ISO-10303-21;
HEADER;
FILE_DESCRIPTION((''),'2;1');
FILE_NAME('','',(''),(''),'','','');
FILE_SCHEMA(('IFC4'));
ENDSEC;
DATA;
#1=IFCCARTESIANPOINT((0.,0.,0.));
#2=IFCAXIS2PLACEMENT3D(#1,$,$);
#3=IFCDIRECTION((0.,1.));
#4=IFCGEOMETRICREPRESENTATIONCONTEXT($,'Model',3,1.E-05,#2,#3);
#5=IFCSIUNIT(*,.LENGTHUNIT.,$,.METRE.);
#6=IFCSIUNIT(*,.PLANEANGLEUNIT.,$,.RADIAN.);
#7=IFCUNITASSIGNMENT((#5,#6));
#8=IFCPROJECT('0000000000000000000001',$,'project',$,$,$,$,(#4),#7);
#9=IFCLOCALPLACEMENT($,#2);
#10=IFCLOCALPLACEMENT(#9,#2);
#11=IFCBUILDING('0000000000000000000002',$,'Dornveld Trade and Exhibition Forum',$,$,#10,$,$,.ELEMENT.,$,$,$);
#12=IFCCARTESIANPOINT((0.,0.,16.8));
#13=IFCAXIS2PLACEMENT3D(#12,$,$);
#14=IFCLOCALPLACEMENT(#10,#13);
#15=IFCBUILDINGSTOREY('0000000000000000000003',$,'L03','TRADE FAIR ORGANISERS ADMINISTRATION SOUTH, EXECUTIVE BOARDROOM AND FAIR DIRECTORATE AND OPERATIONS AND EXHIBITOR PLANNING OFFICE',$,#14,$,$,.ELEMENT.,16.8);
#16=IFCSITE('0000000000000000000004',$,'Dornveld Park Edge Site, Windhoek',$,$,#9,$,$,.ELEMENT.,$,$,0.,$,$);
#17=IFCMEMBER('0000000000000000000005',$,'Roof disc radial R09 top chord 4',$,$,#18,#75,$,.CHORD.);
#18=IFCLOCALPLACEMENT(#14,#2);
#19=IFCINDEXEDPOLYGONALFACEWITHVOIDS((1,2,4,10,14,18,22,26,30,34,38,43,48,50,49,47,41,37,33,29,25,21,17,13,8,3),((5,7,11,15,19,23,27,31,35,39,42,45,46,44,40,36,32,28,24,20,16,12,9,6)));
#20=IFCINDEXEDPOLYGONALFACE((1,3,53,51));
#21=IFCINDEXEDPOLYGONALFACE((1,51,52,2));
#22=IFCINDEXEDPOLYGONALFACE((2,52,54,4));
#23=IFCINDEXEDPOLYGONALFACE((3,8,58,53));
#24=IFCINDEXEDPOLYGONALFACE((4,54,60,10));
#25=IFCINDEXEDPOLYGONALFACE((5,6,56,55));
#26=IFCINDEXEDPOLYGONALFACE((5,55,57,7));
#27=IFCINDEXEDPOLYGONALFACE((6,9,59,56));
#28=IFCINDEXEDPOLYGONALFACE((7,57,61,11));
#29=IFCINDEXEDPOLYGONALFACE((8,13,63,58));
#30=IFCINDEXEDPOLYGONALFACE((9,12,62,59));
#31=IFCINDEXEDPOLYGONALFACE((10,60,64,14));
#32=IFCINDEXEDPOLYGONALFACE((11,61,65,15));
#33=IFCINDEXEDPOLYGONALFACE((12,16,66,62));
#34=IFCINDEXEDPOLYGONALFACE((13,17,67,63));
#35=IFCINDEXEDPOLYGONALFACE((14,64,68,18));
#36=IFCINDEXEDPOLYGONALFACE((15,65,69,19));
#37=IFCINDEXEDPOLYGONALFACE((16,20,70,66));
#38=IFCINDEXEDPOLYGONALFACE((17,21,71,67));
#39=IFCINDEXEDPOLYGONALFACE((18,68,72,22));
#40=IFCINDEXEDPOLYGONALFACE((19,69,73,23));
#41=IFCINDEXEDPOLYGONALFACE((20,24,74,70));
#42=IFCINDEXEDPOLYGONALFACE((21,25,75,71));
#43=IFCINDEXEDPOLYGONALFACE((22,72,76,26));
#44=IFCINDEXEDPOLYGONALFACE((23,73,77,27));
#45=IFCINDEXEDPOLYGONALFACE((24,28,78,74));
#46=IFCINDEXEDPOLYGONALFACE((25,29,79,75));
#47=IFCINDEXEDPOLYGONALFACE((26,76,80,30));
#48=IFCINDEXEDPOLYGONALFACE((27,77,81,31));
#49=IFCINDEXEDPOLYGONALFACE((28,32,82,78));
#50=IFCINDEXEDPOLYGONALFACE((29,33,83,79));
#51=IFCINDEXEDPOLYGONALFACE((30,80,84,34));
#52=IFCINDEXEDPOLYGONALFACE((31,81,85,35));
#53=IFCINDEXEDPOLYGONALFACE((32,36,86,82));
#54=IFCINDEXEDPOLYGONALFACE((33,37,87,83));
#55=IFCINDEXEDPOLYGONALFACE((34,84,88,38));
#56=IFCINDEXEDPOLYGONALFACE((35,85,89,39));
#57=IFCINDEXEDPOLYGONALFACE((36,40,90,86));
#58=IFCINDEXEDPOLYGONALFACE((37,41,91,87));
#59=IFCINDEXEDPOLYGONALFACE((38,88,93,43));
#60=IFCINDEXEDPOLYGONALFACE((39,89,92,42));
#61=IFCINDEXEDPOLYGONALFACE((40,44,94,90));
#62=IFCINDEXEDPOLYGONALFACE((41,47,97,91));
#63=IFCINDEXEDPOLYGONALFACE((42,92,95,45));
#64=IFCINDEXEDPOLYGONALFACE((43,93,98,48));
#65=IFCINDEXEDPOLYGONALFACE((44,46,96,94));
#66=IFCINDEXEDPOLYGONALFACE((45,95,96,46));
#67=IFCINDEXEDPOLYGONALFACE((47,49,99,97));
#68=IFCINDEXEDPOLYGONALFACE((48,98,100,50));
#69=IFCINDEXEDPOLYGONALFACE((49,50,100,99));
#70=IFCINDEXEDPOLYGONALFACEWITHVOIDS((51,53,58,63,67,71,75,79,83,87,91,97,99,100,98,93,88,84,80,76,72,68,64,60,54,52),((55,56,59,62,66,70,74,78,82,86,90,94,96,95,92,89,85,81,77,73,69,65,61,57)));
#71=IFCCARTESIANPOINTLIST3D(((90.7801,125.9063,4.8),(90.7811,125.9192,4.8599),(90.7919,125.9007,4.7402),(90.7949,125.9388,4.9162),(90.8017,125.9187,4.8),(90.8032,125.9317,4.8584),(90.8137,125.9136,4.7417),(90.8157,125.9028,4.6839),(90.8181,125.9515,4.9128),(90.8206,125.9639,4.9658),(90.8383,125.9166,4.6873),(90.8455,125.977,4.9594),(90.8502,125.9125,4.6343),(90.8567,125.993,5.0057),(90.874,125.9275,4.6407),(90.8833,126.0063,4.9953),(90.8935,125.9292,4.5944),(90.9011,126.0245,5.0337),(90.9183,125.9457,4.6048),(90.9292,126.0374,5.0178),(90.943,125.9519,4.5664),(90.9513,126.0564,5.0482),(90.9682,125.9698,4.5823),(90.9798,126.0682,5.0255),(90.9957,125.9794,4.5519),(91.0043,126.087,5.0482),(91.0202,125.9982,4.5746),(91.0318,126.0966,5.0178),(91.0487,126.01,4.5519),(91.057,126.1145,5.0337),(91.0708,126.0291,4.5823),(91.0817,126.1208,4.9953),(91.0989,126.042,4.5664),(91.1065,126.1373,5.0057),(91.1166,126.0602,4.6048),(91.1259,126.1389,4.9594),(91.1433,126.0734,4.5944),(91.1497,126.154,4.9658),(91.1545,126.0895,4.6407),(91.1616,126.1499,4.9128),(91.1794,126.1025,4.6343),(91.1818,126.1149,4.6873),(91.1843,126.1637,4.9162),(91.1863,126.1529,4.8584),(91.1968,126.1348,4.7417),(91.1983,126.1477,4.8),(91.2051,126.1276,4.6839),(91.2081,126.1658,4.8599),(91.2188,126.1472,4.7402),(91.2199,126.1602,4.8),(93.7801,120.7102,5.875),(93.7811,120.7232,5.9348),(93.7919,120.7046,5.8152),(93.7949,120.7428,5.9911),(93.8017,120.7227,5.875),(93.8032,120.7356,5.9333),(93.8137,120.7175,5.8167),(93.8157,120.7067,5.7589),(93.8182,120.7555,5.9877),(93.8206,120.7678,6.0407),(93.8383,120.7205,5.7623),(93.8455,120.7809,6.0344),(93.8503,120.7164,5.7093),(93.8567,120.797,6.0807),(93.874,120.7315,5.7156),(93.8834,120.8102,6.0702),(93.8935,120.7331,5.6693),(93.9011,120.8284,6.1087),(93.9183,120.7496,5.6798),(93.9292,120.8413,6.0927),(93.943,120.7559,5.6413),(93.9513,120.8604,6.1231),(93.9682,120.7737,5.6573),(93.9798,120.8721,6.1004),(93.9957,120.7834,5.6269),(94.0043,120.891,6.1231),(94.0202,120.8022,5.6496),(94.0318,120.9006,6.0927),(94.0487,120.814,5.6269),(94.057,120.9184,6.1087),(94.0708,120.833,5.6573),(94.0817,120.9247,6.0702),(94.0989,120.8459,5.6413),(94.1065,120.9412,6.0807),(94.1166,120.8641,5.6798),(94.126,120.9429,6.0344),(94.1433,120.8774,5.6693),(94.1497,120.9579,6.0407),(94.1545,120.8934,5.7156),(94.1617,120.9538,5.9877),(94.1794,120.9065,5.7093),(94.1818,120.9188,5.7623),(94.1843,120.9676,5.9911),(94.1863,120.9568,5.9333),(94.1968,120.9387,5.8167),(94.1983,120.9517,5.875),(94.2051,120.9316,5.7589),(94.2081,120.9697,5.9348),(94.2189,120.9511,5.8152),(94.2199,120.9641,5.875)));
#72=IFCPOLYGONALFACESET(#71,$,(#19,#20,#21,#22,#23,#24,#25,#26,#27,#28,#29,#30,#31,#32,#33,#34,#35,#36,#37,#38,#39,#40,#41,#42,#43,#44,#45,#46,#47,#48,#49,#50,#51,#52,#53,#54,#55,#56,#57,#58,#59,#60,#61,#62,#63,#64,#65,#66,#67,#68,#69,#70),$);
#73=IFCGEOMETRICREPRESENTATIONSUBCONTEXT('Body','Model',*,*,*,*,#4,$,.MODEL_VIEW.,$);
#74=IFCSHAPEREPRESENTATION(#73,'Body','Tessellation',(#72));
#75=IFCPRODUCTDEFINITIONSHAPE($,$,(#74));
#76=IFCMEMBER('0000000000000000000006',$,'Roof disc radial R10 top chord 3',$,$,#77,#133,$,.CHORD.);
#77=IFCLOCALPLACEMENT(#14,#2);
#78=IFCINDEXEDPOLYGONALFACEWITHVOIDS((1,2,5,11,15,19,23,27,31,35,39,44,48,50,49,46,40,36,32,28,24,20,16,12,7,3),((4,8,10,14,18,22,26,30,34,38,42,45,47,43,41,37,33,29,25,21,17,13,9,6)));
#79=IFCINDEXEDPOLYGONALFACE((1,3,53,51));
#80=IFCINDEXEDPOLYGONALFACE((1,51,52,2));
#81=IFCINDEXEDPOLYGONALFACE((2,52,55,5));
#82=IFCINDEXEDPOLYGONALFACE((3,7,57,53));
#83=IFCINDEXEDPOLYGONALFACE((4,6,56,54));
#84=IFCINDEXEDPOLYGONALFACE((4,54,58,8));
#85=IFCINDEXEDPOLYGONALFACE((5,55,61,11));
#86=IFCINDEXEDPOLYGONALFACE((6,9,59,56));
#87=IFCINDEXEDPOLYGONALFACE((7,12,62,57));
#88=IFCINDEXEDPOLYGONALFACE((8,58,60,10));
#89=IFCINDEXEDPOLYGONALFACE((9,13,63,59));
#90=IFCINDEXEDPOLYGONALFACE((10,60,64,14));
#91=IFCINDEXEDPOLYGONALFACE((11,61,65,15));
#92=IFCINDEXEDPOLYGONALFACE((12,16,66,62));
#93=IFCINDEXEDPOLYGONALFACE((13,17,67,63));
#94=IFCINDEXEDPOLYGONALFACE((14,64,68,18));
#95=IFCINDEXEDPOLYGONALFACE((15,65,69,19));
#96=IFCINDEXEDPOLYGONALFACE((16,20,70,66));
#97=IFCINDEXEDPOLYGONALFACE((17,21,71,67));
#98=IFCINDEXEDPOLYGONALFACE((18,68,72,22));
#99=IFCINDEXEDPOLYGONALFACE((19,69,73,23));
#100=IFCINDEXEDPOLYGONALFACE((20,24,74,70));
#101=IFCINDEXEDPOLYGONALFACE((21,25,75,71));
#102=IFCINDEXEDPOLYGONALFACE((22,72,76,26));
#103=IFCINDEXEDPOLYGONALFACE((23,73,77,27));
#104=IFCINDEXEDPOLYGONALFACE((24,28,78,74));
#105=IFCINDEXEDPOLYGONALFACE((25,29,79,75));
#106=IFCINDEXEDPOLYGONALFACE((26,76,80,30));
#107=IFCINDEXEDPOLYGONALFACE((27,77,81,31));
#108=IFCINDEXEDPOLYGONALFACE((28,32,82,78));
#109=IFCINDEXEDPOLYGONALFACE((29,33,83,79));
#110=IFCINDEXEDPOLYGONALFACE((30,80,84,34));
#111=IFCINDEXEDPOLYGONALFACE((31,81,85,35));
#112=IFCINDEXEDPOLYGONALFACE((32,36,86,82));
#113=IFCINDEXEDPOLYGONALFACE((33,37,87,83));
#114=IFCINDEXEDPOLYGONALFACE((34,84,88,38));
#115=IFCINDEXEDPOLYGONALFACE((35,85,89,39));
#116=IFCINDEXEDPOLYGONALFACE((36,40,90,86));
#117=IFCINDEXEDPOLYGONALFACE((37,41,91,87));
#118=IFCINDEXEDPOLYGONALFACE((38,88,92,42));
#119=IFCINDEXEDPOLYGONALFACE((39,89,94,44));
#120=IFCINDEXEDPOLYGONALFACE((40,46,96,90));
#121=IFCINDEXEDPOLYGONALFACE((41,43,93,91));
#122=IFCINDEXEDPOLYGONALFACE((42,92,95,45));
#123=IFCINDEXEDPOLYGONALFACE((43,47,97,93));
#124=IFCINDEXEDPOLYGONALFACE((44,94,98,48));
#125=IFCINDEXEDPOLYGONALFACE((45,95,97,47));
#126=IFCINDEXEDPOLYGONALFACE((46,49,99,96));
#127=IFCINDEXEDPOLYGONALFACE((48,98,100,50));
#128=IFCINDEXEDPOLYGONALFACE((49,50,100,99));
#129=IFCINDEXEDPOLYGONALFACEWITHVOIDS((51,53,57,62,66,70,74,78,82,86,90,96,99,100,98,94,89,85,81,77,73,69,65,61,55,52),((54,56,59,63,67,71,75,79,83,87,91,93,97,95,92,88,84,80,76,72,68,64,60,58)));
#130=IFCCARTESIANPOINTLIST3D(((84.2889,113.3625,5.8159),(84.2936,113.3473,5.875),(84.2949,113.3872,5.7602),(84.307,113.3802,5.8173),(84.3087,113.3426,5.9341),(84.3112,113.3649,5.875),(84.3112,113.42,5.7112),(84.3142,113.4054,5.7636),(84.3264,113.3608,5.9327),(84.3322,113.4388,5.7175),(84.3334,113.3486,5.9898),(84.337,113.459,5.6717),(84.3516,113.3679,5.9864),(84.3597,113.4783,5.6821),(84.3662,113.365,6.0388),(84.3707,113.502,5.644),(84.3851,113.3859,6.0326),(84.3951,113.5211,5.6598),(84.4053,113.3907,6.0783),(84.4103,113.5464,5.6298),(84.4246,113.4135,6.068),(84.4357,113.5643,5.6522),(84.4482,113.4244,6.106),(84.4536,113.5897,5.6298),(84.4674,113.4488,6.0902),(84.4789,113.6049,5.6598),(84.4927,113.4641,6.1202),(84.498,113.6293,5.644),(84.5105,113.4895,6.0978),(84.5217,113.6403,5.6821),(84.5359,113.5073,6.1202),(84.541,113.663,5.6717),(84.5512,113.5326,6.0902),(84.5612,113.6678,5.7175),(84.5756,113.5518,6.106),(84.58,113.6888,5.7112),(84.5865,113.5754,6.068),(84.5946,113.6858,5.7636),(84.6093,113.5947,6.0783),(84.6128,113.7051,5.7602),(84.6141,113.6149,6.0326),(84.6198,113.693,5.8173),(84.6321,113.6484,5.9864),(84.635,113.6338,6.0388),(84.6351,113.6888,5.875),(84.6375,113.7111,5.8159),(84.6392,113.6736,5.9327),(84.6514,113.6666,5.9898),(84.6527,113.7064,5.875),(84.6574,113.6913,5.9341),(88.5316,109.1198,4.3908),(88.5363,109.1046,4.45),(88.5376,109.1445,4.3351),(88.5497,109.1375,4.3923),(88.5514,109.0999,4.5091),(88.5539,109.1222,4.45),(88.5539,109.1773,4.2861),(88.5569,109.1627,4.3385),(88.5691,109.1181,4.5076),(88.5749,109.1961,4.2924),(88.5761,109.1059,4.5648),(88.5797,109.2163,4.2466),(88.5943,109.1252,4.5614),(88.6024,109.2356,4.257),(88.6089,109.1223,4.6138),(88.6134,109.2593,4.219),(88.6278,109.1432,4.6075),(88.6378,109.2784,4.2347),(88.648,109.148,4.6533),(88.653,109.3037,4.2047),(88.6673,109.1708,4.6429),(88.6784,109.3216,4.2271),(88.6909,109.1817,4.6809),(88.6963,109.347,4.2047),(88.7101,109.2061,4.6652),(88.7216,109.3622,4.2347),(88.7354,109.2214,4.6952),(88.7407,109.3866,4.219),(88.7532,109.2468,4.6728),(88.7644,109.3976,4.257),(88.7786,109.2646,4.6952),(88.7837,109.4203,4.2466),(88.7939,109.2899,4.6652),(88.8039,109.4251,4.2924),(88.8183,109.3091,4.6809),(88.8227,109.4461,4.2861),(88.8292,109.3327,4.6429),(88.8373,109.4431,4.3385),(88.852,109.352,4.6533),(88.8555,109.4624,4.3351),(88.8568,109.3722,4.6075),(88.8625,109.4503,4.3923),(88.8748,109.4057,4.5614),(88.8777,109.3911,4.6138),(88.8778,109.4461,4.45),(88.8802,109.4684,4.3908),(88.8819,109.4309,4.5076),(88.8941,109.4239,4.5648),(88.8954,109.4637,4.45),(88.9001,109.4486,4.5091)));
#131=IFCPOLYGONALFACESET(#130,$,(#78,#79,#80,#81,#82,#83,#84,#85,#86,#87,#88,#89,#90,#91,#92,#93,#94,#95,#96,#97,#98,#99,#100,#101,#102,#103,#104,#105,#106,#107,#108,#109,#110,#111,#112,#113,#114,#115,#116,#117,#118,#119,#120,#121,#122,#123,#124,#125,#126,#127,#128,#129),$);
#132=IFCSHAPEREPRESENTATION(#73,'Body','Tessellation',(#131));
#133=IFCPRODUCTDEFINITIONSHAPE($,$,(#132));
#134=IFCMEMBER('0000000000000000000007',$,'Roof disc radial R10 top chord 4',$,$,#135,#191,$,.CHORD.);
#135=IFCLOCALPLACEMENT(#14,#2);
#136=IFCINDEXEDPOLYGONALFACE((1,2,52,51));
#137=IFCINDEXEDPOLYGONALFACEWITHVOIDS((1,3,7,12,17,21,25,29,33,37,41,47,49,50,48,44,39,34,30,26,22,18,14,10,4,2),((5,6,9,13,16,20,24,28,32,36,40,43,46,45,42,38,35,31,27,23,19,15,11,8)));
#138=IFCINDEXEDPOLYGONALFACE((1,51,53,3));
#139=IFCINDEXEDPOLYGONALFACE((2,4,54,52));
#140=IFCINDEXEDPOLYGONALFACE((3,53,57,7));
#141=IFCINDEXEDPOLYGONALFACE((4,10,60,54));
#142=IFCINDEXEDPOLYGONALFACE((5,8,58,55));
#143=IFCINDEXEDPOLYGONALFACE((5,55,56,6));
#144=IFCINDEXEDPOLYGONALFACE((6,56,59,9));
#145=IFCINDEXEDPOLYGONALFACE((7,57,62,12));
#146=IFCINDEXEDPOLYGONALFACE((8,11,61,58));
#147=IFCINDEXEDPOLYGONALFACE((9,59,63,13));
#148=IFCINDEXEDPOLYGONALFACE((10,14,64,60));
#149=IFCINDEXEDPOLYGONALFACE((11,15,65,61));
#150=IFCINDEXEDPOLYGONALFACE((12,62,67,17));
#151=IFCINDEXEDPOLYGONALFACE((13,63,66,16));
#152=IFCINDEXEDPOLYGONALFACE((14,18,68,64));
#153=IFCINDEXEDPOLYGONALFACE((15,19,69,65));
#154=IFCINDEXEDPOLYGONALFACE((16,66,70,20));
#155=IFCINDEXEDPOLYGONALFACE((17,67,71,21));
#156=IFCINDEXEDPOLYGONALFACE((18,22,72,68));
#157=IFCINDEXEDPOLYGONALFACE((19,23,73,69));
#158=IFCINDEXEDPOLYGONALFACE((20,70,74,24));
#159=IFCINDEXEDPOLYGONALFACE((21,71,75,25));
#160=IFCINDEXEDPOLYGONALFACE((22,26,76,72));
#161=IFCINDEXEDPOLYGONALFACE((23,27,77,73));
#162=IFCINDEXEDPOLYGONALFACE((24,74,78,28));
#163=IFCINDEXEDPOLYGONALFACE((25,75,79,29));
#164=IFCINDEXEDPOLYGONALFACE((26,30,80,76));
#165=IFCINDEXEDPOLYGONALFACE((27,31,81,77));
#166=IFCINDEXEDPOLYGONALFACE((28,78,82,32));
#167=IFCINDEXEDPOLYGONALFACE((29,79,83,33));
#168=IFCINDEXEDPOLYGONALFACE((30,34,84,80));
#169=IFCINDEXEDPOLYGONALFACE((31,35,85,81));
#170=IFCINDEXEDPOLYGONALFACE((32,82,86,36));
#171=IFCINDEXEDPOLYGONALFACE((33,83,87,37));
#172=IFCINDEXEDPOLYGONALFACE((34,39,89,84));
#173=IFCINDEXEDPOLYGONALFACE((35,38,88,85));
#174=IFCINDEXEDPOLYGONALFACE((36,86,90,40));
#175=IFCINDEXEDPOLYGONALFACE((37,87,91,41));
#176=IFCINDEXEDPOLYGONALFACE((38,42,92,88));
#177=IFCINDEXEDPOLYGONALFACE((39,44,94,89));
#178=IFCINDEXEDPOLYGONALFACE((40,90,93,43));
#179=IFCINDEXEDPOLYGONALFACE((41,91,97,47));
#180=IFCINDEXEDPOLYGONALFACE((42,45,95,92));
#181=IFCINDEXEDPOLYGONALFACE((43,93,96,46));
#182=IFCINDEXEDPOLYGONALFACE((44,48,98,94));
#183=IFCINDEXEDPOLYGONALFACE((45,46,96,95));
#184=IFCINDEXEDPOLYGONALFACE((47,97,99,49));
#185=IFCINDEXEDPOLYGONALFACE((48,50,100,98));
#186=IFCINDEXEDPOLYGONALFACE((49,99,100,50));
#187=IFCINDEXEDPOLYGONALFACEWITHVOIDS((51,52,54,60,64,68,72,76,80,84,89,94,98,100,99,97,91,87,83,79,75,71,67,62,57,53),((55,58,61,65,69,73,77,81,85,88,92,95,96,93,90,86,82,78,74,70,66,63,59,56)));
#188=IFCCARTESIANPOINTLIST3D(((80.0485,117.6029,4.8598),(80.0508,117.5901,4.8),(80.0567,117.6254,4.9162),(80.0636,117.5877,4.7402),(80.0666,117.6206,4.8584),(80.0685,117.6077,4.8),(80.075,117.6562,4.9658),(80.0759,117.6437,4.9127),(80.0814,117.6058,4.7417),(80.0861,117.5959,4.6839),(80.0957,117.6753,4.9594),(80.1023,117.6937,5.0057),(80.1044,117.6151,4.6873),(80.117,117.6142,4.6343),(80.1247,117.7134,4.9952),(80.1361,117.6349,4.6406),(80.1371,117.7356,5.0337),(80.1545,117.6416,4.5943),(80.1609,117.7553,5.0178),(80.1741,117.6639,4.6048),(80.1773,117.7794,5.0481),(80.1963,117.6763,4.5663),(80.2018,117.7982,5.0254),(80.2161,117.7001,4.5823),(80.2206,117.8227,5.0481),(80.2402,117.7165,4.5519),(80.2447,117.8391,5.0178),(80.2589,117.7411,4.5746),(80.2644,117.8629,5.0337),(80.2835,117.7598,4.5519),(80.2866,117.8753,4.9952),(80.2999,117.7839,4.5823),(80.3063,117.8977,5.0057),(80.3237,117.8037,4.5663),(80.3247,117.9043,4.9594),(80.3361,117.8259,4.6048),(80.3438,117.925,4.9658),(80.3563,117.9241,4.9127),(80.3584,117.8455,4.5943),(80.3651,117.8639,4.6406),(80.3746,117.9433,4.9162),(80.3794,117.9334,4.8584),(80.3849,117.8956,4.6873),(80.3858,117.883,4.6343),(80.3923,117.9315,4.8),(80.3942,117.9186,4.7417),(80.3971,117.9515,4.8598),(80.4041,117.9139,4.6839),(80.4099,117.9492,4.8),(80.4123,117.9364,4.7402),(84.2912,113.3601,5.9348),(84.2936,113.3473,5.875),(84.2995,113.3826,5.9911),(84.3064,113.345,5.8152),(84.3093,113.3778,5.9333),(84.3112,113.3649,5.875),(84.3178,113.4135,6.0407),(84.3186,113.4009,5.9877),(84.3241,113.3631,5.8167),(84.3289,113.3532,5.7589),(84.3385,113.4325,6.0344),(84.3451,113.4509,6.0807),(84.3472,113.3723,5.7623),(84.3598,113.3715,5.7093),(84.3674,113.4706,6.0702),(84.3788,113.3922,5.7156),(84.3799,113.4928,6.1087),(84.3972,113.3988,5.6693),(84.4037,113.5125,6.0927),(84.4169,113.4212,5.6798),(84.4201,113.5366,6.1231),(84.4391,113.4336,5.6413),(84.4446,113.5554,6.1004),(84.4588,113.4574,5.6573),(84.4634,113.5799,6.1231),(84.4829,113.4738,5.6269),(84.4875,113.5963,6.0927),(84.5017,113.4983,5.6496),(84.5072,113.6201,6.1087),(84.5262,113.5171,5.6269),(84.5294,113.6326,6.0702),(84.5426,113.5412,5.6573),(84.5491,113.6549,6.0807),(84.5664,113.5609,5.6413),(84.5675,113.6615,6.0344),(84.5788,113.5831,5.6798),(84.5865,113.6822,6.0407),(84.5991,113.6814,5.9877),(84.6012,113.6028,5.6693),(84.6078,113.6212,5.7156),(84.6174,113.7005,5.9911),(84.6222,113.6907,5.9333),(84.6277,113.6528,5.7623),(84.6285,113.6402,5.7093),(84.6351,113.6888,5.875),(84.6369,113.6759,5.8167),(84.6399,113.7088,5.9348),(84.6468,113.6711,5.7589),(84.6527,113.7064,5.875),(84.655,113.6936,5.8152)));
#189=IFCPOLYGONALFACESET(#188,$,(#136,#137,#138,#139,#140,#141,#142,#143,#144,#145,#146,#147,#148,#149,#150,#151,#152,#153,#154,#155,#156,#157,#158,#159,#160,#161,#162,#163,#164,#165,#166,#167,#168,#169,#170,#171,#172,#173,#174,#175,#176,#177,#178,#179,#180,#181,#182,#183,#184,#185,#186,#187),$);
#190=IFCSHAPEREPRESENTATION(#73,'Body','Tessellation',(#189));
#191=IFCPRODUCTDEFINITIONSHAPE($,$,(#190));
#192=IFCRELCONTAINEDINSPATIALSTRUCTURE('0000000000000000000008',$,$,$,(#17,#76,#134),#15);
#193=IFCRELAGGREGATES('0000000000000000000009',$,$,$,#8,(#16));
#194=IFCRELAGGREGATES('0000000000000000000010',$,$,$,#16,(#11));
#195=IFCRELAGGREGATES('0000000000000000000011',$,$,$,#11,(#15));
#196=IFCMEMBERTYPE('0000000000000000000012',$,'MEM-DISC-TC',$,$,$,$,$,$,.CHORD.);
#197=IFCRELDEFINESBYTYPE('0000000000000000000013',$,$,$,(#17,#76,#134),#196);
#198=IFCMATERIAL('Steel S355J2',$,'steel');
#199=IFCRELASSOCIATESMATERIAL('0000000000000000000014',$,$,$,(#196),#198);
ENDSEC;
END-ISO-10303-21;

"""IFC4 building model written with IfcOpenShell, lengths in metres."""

from ifc_helpers import new_model, si_unit, direction, frame, origin, origin_2d, place, context, subcontext, project, spatial, hollow_circle, extrude, material, material_profile, profile_set, type_object, element, save


model = new_model("IFC4")

# Units and contexts
model_context = context("Model", 3, precision=1e-05, world=origin(), true_north=direction((0.0, 1.0)))
body_context = subcontext(model_context, "Body", "Model", "MODEL_VIEW")
ifc_project = project(units=[si_unit("LENGTHUNIT", "METRE"), si_unit("PLANEANGLEUNIT", "RADIAN")], contexts=[model_context])

# Site, building, storey
site_placement = place(None, origin())
site = spatial("IfcSite", under=ifc_project, at=site_placement, Name="Dornveld Park Edge Site, Windhoek", CompositionType="ELEMENT", RefElevation=0.0)
building_placement = place(site_placement, origin())
building = spatial("IfcBuilding", under=site, at=building_placement, Name="Dornveld Trade and Exhibition Forum", CompositionType="ELEMENT")
storey_placement = place(building_placement, frame((0.0, 0.0, 16.8)))
storey = spatial("IfcBuildingStorey", under=building, at=storey_placement, Name="L03", Description="TRADE FAIR ORGANISERS ADMINISTRATION SOUTH, EXECUTIVE BOARDROOM AND FAIR DIRECTORATE AND OPERATIONS AND EXHIBITOR PLANNING OFFICE", CompositionType="ELEMENT", Elevation=16.8)

# Members
ifc_material_1 = material(Name="Steel S355J2", Category="steel")
ifc_material_profile_1 = material_profile(ifc_material_1, hollow_circle(Radius=0.2539, WallThickness=0.0249, at=origin_2d()), Name="CHS 508x25")
ifc_profile_set_1 = profile_set([ifc_material_profile_1], Name="Steel S355J2")
member_type_1 = type_object("IfcMemberType", Name="MEM-DISC-TC", PredefinedType="CHORD", material=ifc_profile_set_1)
member_1_placement = place(storey_placement, frame((94.0, 120.8372, 5.875), z_axis=(-0.492171, 0.852448, -0.176353), x_axis=(-0.866021, -0.500008, 0.0)))
element("IfcMember", 1, at=member_1_placement, inside=storey, type_object=member_type_1, Name="Roof disc radial R09 top chord 4", PredefinedType="CHORD", context=body_context, shape_type="SweptSolid", body=[
    extrude(hollow_circle(Radius=0.2539, WallThickness=0.0249, at=origin_2d()), origin(), (0.0, 0.0, 1.0), 6.0955),
])
member_2_placement = place(storey_placement, frame((88.7158, 109.2842, 4.45), z_axis=(-0.687969, 0.687969, 0.231078), x_axis=(-0.707107, -0.707107, 0.0)))
element("IfcMember", 2, at=member_2_placement, inside=storey, type_object=member_type_1, Name="Roof disc radial R10 top chord 3", PredefinedType="CHORD", context=body_context, shape_type="SweptSolid", body=[
    extrude(hollow_circle(Radius=0.2539, WallThickness=0.0249, at=origin_2d()), origin(), (0.0, 0.0, 1.0), 6.167),
])
member_3_placement = place(storey_placement, frame((84.4731, 113.5269, 5.875), z_axis=(-0.696025, 0.696025, -0.176349), x_axis=(-0.707107, -0.707107, 0.0)))
element("IfcMember", 3, at=member_3_placement, inside=storey, type_object=member_type_1, Name="Roof disc radial R10 top chord 4", PredefinedType="CHORD", context=body_context, shape_type="SweptSolid", body=[
    extrude(hollow_circle(Radius=0.2539, WallThickness=0.0249, at=origin_2d()), origin(), (0.0, 0.0, 1.0), 6.0957),
])

save(model, "model.ifc")
